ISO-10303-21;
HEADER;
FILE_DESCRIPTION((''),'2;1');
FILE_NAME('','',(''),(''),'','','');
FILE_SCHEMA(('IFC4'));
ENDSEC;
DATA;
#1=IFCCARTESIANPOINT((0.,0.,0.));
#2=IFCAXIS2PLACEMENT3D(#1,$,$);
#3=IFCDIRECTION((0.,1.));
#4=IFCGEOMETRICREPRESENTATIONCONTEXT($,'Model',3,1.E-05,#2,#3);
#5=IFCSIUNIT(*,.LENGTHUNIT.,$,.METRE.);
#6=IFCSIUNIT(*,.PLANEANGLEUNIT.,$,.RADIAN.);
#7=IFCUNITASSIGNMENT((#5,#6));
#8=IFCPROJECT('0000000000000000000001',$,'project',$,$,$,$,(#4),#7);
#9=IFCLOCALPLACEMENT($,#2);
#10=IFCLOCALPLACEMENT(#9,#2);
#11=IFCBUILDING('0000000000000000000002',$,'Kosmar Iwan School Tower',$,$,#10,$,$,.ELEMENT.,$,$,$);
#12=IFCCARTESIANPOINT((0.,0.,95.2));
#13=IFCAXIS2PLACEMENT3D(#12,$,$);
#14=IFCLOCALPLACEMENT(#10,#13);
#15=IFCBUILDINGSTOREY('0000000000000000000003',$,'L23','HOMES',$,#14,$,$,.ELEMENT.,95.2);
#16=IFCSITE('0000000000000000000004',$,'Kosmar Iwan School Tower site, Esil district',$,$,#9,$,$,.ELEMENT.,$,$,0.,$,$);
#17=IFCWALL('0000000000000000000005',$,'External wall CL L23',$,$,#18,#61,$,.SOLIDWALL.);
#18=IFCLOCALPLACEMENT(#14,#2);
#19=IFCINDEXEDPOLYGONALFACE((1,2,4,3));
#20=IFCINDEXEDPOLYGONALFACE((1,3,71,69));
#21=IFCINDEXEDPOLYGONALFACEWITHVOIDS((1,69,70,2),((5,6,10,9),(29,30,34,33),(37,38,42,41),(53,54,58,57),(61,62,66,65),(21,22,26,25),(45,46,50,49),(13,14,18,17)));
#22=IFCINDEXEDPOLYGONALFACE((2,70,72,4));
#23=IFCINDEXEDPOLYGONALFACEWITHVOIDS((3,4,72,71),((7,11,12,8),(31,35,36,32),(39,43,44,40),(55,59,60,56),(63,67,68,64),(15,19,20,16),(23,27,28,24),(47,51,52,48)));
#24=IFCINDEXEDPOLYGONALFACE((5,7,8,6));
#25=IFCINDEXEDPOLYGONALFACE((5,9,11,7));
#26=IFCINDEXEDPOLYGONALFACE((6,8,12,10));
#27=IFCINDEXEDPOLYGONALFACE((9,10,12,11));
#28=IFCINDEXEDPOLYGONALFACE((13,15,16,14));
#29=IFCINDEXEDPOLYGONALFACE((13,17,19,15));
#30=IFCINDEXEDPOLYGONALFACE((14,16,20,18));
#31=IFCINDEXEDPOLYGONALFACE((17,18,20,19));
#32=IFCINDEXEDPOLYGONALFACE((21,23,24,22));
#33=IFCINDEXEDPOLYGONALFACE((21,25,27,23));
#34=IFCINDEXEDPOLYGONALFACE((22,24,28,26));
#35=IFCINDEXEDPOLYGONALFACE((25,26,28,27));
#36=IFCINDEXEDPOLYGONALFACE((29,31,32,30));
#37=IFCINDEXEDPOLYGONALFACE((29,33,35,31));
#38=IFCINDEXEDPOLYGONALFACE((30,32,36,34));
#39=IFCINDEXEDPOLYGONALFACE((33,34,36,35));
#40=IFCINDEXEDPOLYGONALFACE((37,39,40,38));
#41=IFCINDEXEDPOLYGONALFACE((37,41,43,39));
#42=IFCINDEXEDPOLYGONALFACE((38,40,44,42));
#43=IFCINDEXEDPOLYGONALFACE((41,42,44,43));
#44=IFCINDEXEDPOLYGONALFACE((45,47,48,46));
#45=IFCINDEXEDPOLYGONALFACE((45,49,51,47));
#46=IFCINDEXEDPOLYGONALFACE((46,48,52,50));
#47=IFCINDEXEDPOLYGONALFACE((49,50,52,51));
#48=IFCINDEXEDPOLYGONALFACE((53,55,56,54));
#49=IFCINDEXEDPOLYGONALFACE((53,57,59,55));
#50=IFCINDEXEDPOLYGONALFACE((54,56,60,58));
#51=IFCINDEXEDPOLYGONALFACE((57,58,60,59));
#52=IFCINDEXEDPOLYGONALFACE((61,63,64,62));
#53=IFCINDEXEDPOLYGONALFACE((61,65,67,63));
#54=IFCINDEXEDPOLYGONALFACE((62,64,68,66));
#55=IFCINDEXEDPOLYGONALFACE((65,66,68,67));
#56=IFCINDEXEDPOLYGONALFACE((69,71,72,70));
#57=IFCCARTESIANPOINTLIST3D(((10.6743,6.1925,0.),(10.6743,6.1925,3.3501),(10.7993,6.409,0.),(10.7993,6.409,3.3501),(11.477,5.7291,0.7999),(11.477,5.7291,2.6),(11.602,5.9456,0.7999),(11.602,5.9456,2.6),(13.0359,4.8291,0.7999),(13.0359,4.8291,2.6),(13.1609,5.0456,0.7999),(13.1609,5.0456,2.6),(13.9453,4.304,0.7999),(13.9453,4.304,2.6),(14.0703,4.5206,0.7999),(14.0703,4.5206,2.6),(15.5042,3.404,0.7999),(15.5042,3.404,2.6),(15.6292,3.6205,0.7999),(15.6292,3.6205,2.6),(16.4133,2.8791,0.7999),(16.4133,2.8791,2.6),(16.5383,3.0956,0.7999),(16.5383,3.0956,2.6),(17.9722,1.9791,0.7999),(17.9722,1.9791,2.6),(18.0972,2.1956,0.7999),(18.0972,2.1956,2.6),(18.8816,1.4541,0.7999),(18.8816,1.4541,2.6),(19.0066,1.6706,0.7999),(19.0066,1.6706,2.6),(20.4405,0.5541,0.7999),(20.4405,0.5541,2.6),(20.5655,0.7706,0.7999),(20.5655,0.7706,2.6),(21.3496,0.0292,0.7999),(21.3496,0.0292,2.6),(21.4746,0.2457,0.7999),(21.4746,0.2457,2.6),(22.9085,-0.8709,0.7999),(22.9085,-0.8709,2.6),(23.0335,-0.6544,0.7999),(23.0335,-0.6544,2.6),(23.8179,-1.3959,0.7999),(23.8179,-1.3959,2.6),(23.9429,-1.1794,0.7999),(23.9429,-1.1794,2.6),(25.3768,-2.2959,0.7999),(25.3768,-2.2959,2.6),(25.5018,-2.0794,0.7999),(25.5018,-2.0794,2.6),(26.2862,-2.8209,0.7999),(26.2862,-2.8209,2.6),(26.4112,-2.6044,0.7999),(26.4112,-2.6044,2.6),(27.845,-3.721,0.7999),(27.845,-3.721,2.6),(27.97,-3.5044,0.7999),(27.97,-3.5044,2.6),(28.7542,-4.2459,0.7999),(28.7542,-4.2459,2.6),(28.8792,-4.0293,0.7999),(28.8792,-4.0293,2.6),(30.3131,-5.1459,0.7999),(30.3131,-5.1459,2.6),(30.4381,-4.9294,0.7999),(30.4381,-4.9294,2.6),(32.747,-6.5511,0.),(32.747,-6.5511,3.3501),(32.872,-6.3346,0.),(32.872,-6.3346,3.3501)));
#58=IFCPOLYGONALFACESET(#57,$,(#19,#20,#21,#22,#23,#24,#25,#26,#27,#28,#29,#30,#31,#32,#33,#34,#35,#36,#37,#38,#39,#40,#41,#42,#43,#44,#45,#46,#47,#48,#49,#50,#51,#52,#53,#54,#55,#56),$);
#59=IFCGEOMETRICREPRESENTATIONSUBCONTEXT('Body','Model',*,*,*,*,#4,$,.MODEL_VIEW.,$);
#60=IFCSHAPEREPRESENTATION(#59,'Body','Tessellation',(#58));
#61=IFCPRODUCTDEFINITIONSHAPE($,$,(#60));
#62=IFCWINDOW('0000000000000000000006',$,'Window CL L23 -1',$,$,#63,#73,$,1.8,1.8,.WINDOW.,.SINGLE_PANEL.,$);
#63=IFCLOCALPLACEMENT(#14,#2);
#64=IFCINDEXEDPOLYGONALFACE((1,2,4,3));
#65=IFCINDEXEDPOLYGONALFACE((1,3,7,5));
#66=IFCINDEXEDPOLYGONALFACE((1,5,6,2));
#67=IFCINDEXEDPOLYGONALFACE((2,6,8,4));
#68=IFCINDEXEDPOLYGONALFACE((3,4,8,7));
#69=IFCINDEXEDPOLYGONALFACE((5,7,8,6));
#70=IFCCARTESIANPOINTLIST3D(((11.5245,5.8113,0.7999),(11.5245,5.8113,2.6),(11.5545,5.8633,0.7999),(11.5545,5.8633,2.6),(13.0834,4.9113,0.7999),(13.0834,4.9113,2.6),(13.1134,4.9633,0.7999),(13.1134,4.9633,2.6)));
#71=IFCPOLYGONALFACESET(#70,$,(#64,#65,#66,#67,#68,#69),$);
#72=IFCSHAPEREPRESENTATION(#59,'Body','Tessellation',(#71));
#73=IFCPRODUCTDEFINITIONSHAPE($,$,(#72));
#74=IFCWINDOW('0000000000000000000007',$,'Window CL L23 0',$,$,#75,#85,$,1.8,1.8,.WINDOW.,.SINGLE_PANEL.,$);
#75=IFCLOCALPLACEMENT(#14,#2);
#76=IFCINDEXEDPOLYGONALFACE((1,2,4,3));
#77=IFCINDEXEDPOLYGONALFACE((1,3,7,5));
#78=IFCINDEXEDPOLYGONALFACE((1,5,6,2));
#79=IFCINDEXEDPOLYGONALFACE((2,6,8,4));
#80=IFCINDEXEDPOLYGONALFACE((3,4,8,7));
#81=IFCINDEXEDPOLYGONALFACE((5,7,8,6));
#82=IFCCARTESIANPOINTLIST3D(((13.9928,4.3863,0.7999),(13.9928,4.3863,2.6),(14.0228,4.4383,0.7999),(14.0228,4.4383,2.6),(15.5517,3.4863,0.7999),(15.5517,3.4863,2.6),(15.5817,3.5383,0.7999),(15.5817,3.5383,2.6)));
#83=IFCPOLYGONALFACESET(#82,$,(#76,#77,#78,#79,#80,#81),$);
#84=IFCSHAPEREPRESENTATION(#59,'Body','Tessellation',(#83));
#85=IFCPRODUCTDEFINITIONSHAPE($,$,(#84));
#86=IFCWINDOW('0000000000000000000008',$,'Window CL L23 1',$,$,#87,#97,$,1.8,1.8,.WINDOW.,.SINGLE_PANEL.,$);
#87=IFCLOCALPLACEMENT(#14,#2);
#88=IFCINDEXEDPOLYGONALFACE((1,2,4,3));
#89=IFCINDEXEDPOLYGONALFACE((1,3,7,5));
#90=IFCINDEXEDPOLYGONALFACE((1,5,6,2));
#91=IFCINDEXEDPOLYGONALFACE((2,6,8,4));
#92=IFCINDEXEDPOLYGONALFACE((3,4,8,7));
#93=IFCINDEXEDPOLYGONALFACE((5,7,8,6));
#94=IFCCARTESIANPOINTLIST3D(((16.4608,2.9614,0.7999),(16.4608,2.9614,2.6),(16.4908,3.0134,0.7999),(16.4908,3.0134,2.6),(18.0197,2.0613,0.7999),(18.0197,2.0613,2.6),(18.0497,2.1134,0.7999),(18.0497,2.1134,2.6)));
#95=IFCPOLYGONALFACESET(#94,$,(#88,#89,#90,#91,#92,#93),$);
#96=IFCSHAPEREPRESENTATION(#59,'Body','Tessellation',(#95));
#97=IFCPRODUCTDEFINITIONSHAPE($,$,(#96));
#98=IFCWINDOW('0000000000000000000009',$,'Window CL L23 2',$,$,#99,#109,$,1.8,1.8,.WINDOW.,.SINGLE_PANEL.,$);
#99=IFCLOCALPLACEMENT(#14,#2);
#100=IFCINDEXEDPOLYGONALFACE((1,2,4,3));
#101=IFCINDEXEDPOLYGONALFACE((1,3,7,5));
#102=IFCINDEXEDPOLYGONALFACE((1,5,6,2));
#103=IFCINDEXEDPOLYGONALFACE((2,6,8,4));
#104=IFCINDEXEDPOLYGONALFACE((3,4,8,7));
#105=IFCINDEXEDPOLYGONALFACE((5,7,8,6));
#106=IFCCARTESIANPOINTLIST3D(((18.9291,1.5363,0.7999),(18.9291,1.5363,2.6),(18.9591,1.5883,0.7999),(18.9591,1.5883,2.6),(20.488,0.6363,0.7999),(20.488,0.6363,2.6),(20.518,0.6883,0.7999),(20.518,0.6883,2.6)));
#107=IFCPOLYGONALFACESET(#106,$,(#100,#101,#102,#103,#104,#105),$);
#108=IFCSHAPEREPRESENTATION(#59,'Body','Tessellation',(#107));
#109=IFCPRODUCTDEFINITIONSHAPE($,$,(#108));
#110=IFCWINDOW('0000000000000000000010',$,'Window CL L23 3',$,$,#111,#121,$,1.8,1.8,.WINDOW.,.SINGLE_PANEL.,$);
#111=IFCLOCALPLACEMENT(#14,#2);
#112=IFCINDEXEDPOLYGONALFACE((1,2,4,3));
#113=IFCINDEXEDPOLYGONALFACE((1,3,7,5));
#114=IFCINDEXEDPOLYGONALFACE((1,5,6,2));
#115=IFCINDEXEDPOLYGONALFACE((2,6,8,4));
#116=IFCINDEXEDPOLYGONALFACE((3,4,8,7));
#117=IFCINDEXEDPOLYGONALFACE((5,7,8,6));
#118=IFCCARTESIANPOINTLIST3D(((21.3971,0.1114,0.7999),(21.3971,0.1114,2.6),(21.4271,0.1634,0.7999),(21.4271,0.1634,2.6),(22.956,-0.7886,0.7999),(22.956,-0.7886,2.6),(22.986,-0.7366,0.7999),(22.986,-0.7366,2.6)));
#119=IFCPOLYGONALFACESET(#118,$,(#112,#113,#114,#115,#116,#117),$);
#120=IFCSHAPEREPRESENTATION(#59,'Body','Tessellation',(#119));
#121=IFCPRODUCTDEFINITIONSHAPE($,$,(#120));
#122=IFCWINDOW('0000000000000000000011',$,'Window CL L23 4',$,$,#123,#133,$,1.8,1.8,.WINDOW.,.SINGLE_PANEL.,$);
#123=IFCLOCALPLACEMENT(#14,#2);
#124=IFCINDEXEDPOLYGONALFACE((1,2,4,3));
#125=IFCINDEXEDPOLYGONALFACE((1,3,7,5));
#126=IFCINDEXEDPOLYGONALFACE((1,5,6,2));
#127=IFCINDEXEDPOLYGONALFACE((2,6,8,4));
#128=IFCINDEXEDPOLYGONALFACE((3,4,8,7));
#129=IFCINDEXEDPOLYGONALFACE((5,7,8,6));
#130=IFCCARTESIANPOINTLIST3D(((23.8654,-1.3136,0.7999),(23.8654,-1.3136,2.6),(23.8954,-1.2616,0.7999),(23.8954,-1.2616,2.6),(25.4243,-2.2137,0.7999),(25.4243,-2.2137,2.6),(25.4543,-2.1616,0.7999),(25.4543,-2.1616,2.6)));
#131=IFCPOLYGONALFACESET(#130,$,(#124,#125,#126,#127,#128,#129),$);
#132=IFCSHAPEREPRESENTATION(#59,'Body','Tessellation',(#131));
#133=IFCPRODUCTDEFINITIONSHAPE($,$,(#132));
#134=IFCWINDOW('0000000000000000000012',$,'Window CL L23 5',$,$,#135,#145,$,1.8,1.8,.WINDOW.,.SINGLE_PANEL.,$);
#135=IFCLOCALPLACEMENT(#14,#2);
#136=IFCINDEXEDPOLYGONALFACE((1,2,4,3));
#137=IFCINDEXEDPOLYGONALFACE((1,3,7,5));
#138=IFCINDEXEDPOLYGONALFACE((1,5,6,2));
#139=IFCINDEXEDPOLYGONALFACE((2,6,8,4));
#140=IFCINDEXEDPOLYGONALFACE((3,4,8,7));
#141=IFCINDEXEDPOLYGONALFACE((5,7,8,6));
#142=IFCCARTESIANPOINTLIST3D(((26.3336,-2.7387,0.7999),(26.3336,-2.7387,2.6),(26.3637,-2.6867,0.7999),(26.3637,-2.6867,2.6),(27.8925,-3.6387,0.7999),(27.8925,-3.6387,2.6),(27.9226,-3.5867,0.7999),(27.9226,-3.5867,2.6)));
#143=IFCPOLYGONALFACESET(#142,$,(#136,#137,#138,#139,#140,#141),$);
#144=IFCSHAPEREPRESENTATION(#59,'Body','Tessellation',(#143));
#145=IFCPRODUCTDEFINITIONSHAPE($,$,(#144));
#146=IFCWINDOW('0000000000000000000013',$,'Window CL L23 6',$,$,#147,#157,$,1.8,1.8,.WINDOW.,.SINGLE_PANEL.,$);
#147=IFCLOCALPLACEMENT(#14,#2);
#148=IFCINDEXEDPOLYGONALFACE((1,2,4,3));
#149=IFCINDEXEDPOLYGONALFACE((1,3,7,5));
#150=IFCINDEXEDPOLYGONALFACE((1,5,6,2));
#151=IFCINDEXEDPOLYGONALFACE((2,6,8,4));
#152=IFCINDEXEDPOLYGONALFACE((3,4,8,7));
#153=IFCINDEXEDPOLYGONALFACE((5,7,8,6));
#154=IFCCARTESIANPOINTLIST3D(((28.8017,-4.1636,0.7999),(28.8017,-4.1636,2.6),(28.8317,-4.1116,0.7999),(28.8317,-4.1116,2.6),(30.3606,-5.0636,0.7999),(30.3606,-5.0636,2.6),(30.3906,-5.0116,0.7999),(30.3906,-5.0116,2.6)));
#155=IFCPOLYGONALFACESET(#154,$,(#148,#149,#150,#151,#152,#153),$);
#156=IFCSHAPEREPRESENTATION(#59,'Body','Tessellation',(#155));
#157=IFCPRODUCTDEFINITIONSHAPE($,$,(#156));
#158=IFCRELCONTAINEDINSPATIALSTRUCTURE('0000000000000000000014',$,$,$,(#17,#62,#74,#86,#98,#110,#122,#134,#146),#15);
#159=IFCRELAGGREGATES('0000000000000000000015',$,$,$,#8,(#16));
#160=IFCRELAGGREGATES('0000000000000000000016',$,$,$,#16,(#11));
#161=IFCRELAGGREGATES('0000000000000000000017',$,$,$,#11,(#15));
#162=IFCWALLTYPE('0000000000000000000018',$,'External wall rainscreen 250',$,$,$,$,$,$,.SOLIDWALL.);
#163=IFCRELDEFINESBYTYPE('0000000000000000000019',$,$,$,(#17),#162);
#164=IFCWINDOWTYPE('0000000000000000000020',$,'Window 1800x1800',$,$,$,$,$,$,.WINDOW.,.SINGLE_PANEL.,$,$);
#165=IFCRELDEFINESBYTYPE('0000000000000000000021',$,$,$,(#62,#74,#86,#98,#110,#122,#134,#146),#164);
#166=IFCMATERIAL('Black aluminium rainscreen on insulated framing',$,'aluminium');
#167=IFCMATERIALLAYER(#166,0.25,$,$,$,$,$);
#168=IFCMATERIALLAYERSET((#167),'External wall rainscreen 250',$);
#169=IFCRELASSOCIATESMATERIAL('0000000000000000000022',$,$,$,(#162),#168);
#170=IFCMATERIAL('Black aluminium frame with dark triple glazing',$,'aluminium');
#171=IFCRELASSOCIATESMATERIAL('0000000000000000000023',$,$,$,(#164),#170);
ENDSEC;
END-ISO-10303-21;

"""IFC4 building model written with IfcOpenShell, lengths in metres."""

from ifc_helpers import new_model, si_unit, direction, frame, frame_2d, origin, place, context, subcontext, project, spatial, rectangle, extrude, material, layer, layer_set, type_object, element, fill, save


model = new_model("IFC4")

# Units and contexts
model_context = context("Model", 3, precision=1e-05, world=origin(), true_north=direction((0.0, 1.0)))
body_context = subcontext(model_context, "Body", "Model", "MODEL_VIEW")
ifc_project = project(units=[si_unit("LENGTHUNIT", "METRE"), si_unit("PLANEANGLEUNIT", "RADIAN")], contexts=[model_context])

# Site, building, storey
site_placement = place(None, origin())
site = spatial("IfcSite", under=ifc_project, at=site_placement, Name="Kosmar Iwan School Tower site, Esil district", CompositionType="ELEMENT", RefElevation=0.0)
building_placement = place(site_placement, origin())
building = spatial("IfcBuilding", under=site, at=building_placement, Name="Kosmar Iwan School Tower", CompositionType="ELEMENT")
storey_placement = place(building_placement, frame((0.0, 0.0, 95.2)))
storey = spatial("IfcBuildingStorey", under=building, at=storey_placement, Name="L23", Description="HOMES", CompositionType="ELEMENT", Elevation=95.2)

# Wall, openings, windows
ifc_material_1 = material(Name="Black aluminium rainscreen on insulated framing", Category="aluminium")
ifc_layer = layer(ifc_material_1, 0.25)
ifc_layer_set = layer_set([ifc_layer], Name="External wall rainscreen 250")
wall_type = type_object("IfcWallType", Name="External wall rainscreen 250", PredefinedType="SOLIDWALL", material=ifc_layer_set)
wall_1_placement = place(storey_placement, frame((10.7368, 6.3008, 0.0), z_axis=(0.0, 0.0, 1.0), x_axis=(0.866026, -0.499998, 0.0)))
wall_1 = element("IfcWall", 1, at=wall_1_placement, inside=storey, type_object=wall_type, Name="External wall CL L23", PredefinedType="SOLIDWALL", context=body_context, shape_type="SweptSolid", body=[
    extrude(rectangle(XDim=25.4873, YDim=0.25, at=frame_2d((12.7437, 0.0))), origin(), (0.0, 0.0, 1.0), 3.3501),
])
opening_1_placement = place(wall_1_placement, frame((0.927, 0.0, 0.8)))
opening_1 = element("IfcOpeningElement", 2, at=opening_1_placement, cuts=wall_1, PredefinedType="OPENING", context=body_context, shape_type="SweptSolid", body=[
    extrude(rectangle(XDim=1.8, YDim=1.8, at=frame_2d((0.8999, 0.8999))), frame((0.0, 0.137, 0.0), z_axis=(0.0, -1.0, 0.0), x_axis=(1.0, 0.0, 0.0)), (0.0, 0.0, 1.0), 0.2739),
])
opening_2_placement = place(wall_1_placement, frame((3.7771, 0.0, 0.8)))
opening_2 = element("IfcOpeningElement", 3, at=opening_2_placement, cuts=wall_1, PredefinedType="OPENING", context=body_context, shape_type="SweptSolid", body=[
    extrude(rectangle(XDim=1.8, YDim=1.8, at=frame_2d((0.8999, 0.8999))), frame((0.0, 0.137, 0.0), z_axis=(0.0, -1.0, 0.0), x_axis=(1.0, 0.0, 0.0)), (0.0, 0.0, 1.0), 0.2739),
])
opening_3_placement = place(wall_1_placement, frame((6.627, 0.0, 0.8)))
opening_3 = element("IfcOpeningElement", 4, at=opening_3_placement, cuts=wall_1, PredefinedType="OPENING", context=body_context, shape_type="SweptSolid", body=[
    extrude(rectangle(XDim=1.8, YDim=1.8, at=frame_2d((0.8999, 0.8999))), frame((0.0, 0.137, 0.0), z_axis=(0.0, -1.0, 0.0), x_axis=(1.0, 0.0, 0.0)), (0.0, 0.0, 1.0), 0.2739),
])
opening_4_placement = place(wall_1_placement, frame((9.4771, 0.0, 0.8)))
opening_4 = element("IfcOpeningElement", 5, at=opening_4_placement, cuts=wall_1, PredefinedType="OPENING", context=body_context, shape_type="SweptSolid", body=[
    extrude(rectangle(XDim=1.8, YDim=1.8, at=frame_2d((0.8999, 0.8999))), frame((0.0, 0.137, 0.0), z_axis=(0.0, -1.0, 0.0), x_axis=(1.0, 0.0, 0.0)), (0.0, 0.0, 1.0), 0.2739),
])
opening_5_placement = place(wall_1_placement, frame((12.3269, 0.0, 0.8)))
opening_5 = element("IfcOpeningElement", 6, at=opening_5_placement, cuts=wall_1, PredefinedType="OPENING", context=body_context, shape_type="SweptSolid", body=[
    extrude(rectangle(XDim=1.8, YDim=1.8, at=frame_2d((0.8999, 0.8999))), frame((0.0, 0.137, 0.0), z_axis=(0.0, -1.0, 0.0), x_axis=(1.0, 0.0, 0.0)), (0.0, 0.0, 1.0), 0.2739),
])
opening_6_placement = place(wall_1_placement, frame((15.177, 0.0, 0.8)))
opening_6 = element("IfcOpeningElement", 7, at=opening_6_placement, cuts=wall_1, PredefinedType="OPENING", context=body_context, shape_type="SweptSolid", body=[
    extrude(rectangle(XDim=1.8, YDim=1.8, at=frame_2d((0.8999, 0.8999))), frame((0.0, 0.137, 0.0), z_axis=(0.0, -1.0, 0.0), x_axis=(1.0, 0.0, 0.0)), (0.0, 0.0, 1.0), 0.2739),
])
opening_7_placement = place(wall_1_placement, frame((18.0271, 0.0, 0.8)))
opening_7 = element("IfcOpeningElement", 8, at=opening_7_placement, cuts=wall_1, PredefinedType="OPENING", context=body_context, shape_type="SweptSolid", body=[
    extrude(rectangle(XDim=1.8, YDim=1.8, at=frame_2d((0.8999, 0.8999))), frame((0.0, 0.137, 0.0), z_axis=(0.0, -1.0, 0.0), x_axis=(1.0, 0.0, 0.0)), (0.0, 0.0, 1.0), 0.2739),
])
opening_8_placement = place(wall_1_placement, frame((20.877, 0.0, 0.8)))
opening_8 = element("IfcOpeningElement", 9, at=opening_8_placement, cuts=wall_1, PredefinedType="OPENING", context=body_context, shape_type="SweptSolid", body=[
    extrude(rectangle(XDim=1.8, YDim=1.8, at=frame_2d((0.8999, 0.8999))), frame((0.0, 0.137, 0.0), z_axis=(0.0, -1.0, 0.0), x_axis=(1.0, 0.0, 0.0)), (0.0, 0.0, 1.0), 0.2739),
])
ifc_material_2 = material(Name="Black aluminium frame with dark triple glazing", Category="aluminium")
window_type = type_object("IfcWindowType", Name="Window 1800x1800", PartitioningType="SINGLE_PANEL", PredefinedType="WINDOW", material=ifc_material_2)
window_1_placement = place(opening_1_placement, origin())
window_1 = element("IfcWindow", 10, at=window_1_placement, inside=storey, type_object=window_type, Name="Window CL L23 -1", OverallHeight=1.8, OverallWidth=1.8, PartitioningType="SINGLE_PANEL", PredefinedType="WINDOW", context=body_context, shape_type="SweptSolid", body=[
    extrude(rectangle(XDim=1.8, YDim=1.8, at=frame_2d((0.8999, 0.8999))), frame((0.0, 0.03, 0.0), z_axis=(0.0, -1.0, 0.0), x_axis=(1.0, 0.0, 0.0)), (0.0, 0.0, 1.0), 0.0601),
])
fill(opening_1, window_1)
window_2_placement = place(opening_2_placement, origin())
window_2 = element("IfcWindow", 11, at=window_2_placement, inside=storey, type_object=window_type, Name="Window CL L23 0", OverallHeight=1.8, OverallWidth=1.8, PartitioningType="SINGLE_PANEL", PredefinedType="WINDOW", context=body_context, shape_type="SweptSolid", body=[
    extrude(rectangle(XDim=1.8, YDim=1.8, at=frame_2d((0.8999, 0.8999))), frame((0.0, 0.03, 0.0), z_axis=(0.0, -1.0, 0.0), x_axis=(1.0, 0.0, 0.0)), (0.0, 0.0, 1.0), 0.0601),
])
fill(opening_2, window_2)
window_3_placement = place(opening_3_placement, origin())
window_3 = element("IfcWindow", 12, at=window_3_placement, inside=storey, type_object=window_type, Name="Window CL L23 1", OverallHeight=1.8, OverallWidth=1.8, PartitioningType="SINGLE_PANEL", PredefinedType="WINDOW", context=body_context, shape_type="SweptSolid", body=[
    extrude(rectangle(XDim=1.8, YDim=1.8, at=frame_2d((0.8999, 0.8999))), frame((0.0, 0.03, 0.0), z_axis=(0.0, -1.0, 0.0), x_axis=(1.0, 0.0, 0.0)), (0.0, 0.0, 1.0), 0.0601),
])
fill(opening_3, window_3)
window_4_placement = place(opening_4_placement, origin())
window_4 = element("IfcWindow", 13, at=window_4_placement, inside=storey, type_object=window_type, Name="Window CL L23 2", OverallHeight=1.8, OverallWidth=1.8, PartitioningType="SINGLE_PANEL", PredefinedType="WINDOW", context=body_context, shape_type="SweptSolid", body=[
    extrude(rectangle(XDim=1.8, YDim=1.8, at=frame_2d((0.8999, 0.8999))), frame((0.0, 0.03, 0.0), z_axis=(0.0, -1.0, 0.0), x_axis=(1.0, 0.0, 0.0)), (0.0, 0.0, 1.0), 0.0601),
])
fill(opening_4, window_4)
window_5_placement = place(opening_5_placement, origin())
window_5 = element("IfcWindow", 14, at=window_5_placement, inside=storey, type_object=window_type, Name="Window CL L23 3", OverallHeight=1.8, OverallWidth=1.8, PartitioningType="SINGLE_PANEL", PredefinedType="WINDOW", context=body_context, shape_type="SweptSolid", body=[
    extrude(rectangle(XDim=1.8, YDim=1.8, at=frame_2d((0.8999, 0.8999))), frame((0.0, 0.03, 0.0), z_axis=(0.0, -1.0, 0.0), x_axis=(1.0, 0.0, 0.0)), (0.0, 0.0, 1.0), 0.0601),
])
fill(opening_5, window_5)
window_6_placement = place(opening_6_placement, origin())
window_6 = element("IfcWindow", 15, at=window_6_placement, inside=storey, type_object=window_type, Name="Window CL L23 4", OverallHeight=1.8, OverallWidth=1.8, PartitioningType="SINGLE_PANEL", PredefinedType="WINDOW", context=body_context, shape_type="SweptSolid", body=[
    extrude(rectangle(XDim=1.8, YDim=1.8, at=frame_2d((0.8999, 0.8999))), frame((0.0, 0.03, 0.0), z_axis=(0.0, -1.0, 0.0), x_axis=(1.0, 0.0, 0.0)), (0.0, 0.0, 1.0), 0.0601),
])
fill(opening_6, window_6)
window_7_placement = place(opening_7_placement, origin())
window_7 = element("IfcWindow", 16, at=window_7_placement, inside=storey, type_object=window_type, Name="Window CL L23 5", OverallHeight=1.8, OverallWidth=1.8, PartitioningType="SINGLE_PANEL", PredefinedType="WINDOW", context=body_context, shape_type="SweptSolid", body=[
    extrude(rectangle(XDim=1.8, YDim=1.8, at=frame_2d((0.8999, 0.8999))), frame((0.0, 0.03, 0.0), z_axis=(0.0, -1.0, 0.0), x_axis=(1.0, 0.0, 0.0)), (0.0, 0.0, 1.0), 0.0601),
])
fill(opening_7, window_7)
window_8_placement = place(opening_8_placement, origin())
window_8 = element("IfcWindow", 17, at=window_8_placement, inside=storey, type_object=window_type, Name="Window CL L23 6", OverallHeight=1.8, OverallWidth=1.8, PartitioningType="SINGLE_PANEL", PredefinedType="WINDOW", context=body_context, shape_type="SweptSolid", body=[
    extrude(rectangle(XDim=1.8, YDim=1.8, at=frame_2d((0.8999, 0.8999))), frame((0.0, 0.03, 0.0), z_axis=(0.0, -1.0, 0.0), x_axis=(1.0, 0.0, 0.0)), (0.0, 0.0, 1.0), 0.0601),
])
fill(opening_8, window_8)

save(model, "model.ifc")
